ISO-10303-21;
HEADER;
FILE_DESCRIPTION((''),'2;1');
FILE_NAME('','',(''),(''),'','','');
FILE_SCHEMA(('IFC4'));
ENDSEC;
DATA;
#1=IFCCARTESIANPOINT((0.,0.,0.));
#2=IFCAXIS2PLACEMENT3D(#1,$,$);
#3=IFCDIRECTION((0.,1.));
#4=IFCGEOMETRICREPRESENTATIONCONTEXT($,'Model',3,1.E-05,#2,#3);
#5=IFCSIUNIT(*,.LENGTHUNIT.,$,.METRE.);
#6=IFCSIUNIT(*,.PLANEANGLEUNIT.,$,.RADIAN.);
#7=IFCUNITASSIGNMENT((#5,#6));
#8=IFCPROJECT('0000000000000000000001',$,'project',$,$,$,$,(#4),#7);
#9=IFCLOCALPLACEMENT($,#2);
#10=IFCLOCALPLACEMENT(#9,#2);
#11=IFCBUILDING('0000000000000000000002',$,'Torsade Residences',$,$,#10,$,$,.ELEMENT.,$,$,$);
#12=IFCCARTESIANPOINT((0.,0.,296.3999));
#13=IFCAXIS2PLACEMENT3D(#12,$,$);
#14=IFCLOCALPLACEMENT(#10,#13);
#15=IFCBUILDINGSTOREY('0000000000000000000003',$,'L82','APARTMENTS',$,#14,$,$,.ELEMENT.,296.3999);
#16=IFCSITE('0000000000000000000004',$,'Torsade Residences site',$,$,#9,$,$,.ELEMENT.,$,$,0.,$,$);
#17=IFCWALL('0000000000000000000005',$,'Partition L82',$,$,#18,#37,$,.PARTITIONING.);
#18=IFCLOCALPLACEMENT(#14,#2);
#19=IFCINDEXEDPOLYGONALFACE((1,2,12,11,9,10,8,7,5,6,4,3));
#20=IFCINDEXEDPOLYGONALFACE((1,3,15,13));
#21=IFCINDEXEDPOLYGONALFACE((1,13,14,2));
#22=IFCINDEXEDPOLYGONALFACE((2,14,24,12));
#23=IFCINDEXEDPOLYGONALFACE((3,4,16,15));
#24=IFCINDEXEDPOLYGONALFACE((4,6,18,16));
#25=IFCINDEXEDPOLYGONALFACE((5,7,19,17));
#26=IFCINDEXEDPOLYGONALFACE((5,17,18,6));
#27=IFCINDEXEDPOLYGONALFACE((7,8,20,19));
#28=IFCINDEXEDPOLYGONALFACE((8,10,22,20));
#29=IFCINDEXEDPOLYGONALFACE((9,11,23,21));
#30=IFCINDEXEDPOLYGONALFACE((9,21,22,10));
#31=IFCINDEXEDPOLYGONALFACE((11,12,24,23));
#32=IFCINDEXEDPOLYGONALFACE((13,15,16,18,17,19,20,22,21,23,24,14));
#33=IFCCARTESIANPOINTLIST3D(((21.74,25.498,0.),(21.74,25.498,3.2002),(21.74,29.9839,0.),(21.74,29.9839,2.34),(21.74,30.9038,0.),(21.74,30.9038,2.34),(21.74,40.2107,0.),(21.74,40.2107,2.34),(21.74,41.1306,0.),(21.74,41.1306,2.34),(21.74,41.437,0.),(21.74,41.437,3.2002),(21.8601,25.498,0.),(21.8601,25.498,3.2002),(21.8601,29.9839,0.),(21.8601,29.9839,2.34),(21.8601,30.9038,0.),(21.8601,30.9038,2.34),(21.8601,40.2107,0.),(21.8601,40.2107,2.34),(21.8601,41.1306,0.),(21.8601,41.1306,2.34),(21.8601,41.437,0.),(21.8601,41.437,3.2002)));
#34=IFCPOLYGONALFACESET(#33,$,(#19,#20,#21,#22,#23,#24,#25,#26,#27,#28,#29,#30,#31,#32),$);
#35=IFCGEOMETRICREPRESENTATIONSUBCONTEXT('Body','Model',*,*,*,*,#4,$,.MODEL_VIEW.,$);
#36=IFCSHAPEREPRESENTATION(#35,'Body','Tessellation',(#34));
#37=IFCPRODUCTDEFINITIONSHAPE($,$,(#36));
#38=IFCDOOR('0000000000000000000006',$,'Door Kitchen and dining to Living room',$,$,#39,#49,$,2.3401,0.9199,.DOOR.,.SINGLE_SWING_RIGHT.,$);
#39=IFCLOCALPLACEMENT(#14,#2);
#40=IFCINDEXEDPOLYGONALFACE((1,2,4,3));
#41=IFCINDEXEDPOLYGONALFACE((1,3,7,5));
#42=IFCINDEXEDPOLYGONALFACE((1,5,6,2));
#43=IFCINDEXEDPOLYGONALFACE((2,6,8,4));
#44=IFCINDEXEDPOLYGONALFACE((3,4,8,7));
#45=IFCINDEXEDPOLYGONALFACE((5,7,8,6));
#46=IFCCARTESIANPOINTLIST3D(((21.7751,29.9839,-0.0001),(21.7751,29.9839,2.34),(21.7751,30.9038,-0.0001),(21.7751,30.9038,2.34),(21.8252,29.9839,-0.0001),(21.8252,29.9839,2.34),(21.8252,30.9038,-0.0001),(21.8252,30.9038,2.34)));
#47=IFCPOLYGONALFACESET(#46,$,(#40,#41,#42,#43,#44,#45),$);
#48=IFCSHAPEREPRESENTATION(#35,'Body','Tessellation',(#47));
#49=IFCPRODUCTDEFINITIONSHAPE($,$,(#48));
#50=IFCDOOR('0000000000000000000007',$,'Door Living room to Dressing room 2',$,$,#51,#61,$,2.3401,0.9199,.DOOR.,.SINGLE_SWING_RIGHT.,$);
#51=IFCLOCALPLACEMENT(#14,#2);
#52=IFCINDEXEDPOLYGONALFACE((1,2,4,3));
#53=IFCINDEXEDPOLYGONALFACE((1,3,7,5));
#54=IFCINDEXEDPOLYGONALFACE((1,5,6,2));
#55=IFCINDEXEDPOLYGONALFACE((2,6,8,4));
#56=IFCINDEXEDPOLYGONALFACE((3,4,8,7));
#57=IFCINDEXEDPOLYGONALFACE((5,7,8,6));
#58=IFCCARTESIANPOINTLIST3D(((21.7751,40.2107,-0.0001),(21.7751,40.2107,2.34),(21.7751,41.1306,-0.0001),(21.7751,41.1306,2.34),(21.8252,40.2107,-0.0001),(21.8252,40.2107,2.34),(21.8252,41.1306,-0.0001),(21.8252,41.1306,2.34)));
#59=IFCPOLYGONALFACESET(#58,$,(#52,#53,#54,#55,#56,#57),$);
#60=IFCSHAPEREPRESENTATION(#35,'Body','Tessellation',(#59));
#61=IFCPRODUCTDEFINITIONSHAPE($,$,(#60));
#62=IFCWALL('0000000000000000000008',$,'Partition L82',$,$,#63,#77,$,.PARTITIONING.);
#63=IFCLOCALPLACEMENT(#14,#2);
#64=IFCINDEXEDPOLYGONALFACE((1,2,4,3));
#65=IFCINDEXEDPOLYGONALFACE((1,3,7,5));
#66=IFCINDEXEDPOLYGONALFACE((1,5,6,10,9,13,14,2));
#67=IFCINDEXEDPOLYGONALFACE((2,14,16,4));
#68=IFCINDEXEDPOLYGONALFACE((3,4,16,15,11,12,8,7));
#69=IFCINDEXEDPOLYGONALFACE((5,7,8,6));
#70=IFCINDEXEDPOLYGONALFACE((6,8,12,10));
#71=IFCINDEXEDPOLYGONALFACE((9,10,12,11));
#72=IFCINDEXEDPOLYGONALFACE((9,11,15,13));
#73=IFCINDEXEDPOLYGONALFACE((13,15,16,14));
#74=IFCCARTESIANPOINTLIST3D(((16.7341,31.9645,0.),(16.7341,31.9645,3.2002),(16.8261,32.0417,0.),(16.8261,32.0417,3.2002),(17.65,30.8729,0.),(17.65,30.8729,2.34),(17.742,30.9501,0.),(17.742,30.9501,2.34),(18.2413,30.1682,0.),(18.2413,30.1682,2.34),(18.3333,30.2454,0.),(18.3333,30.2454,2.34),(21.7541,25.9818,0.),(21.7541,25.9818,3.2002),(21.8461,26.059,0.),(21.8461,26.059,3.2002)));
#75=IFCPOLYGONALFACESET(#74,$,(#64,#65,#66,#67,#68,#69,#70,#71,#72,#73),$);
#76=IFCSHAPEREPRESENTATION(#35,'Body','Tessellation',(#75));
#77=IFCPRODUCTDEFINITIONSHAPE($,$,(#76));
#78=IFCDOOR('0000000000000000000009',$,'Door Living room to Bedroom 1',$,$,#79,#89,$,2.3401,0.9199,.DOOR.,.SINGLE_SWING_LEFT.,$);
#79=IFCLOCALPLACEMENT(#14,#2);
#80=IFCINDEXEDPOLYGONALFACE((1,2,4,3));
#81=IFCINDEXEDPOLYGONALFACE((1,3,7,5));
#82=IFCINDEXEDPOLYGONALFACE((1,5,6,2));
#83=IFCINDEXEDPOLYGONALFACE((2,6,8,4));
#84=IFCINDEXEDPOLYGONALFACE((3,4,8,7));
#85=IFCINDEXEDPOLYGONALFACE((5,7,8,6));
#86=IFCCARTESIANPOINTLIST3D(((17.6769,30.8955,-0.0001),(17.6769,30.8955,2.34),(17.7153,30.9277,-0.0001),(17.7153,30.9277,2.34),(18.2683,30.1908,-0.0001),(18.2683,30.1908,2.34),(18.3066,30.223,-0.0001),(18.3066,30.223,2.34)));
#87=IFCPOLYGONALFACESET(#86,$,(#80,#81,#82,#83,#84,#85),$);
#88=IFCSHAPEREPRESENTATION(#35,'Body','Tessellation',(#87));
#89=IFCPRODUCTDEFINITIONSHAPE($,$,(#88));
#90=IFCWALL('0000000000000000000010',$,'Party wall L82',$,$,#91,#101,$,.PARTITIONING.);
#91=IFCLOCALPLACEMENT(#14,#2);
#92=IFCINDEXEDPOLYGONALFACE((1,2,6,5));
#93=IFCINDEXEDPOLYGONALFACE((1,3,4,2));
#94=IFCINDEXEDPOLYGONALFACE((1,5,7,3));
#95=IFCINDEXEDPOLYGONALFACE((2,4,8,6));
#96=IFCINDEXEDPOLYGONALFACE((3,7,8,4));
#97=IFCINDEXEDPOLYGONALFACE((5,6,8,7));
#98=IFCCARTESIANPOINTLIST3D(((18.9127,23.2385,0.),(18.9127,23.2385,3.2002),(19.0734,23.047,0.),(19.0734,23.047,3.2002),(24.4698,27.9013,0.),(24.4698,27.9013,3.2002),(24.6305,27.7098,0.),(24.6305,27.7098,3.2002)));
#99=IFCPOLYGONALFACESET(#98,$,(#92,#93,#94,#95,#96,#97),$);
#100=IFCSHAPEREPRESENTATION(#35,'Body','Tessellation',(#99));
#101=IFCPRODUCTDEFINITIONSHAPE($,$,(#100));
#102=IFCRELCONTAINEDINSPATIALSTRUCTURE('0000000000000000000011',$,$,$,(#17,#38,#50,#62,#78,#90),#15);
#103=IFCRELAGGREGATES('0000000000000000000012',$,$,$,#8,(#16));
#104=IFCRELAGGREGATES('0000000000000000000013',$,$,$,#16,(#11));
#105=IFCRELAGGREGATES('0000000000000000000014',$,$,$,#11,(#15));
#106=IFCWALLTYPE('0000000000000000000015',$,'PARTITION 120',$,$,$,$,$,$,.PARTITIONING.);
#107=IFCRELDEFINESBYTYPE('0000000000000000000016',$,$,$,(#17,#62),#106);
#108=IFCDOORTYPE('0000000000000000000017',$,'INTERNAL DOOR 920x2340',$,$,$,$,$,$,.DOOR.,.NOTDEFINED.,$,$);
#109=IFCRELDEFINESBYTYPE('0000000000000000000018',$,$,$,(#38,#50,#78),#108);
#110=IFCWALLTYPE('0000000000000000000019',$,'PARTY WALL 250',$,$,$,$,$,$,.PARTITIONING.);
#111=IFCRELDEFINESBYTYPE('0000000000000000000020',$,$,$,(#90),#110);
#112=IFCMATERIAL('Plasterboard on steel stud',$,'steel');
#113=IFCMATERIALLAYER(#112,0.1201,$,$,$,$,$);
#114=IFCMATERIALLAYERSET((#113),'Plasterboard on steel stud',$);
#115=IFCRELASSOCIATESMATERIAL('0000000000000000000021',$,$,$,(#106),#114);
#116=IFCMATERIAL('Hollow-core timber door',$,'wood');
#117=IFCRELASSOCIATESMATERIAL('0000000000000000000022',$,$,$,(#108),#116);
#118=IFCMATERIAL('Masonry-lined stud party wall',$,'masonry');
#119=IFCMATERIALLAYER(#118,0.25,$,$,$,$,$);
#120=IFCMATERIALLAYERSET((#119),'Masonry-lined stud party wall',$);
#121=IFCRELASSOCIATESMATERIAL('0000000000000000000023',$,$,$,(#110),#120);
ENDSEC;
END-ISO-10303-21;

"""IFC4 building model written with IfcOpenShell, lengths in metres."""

from ifc_helpers import new_model, si_unit, direction, frame, frame_2d, origin, place, context, subcontext, project, spatial, rectangle, extrude, material, layer, layer_set, type_object, element, fill, save


model = new_model("IFC4")

# Units and contexts
model_context = context("Model", 3, precision=1e-05, world=origin(), true_north=direction((0.0, 1.0)))
body_context = subcontext(model_context, "Body", "Model", "MODEL_VIEW")
ifc_project = project(units=[si_unit("LENGTHUNIT", "METRE"), si_unit("PLANEANGLEUNIT", "RADIAN")], contexts=[model_context])

# Site, building, storey
site_placement = place(None, origin())
site = spatial("IfcSite", under=ifc_project, at=site_placement, Name="Torsade Residences site", CompositionType="ELEMENT", RefElevation=0.0)
building_placement = place(site_placement, origin())
building = spatial("IfcBuilding", under=site, at=building_placement, Name="Torsade Residences", CompositionType="ELEMENT")
storey_placement = place(building_placement, frame((0.0, 0.0, 296.3999)))
storey = spatial("IfcBuildingStorey", under=building, at=storey_placement, Name="L82", Description="APARTMENTS", CompositionType="ELEMENT", Elevation=296.3999)

# Shared definitions
ifc_material_1 = material(Name="Plasterboard on steel stud", Category="steel")
ifc_layer_1 = layer(ifc_material_1, 0.1201)
ifc_layer_set_1 = layer_set([ifc_layer_1], Name="Plasterboard on steel stud")
wall_type_1 = type_object("IfcWallType", Name="PARTITION 120", PredefinedType="PARTITIONING", material=ifc_layer_set_1)

# Wall, openings, doors
wall_1_placement = place(storey_placement, frame((21.8, 25.498, 0.0), z_axis=(0.0, 0.0, 1.0), x_axis=(0.0, 1.0, 0.0)))
wall_1 = element("IfcWall", 1, at=wall_1_placement, inside=storey, type_object=wall_type_1, Name="Partition L82", PredefinedType="PARTITIONING", context=body_context, shape_type="SweptSolid", body=[
    extrude(rectangle(XDim=15.939, YDim=0.1201, at=frame_2d((7.9695, 0.0))), origin(), (0.0, 0.0, 1.0), 3.2002),
])
opening_1_placement = place(wall_1_placement, frame((4.4858, 0.0, 0.0)))
opening_1 = element("IfcOpeningElement", 2, at=opening_1_placement, cuts=wall_1, PredefinedType="OPENING", context=body_context, shape_type="SweptSolid", body=[
    extrude(rectangle(XDim=0.9199, YDim=2.3401, at=frame_2d((0.46, 1.1699))), frame((0.0, 0.0701, 0.0), z_axis=(0.0, -1.0, 0.0), x_axis=(1.0, 0.0, 0.0)), (0.0, 0.0, 1.0), 0.1401),
])
opening_2_placement = place(wall_1_placement, frame((14.7126, 0.0, 0.0)))
opening_2 = element("IfcOpeningElement", 3, at=opening_2_placement, cuts=wall_1, PredefinedType="OPENING", context=body_context, shape_type="SweptSolid", body=[
    extrude(rectangle(XDim=0.9199, YDim=2.3401, at=frame_2d((0.46, 1.1699))), frame((0.0, 0.0701, 0.0), z_axis=(0.0, -1.0, 0.0), x_axis=(1.0, 0.0, 0.0)), (0.0, 0.0, 1.0), 0.1401),
])
ifc_material_2 = material(Name="Hollow-core timber door", Category="wood")
door_type_1 = type_object("IfcDoorType", Name="INTERNAL DOOR 920x2340", OperationType="NOTDEFINED", PredefinedType="DOOR", material=ifc_material_2)
door_1_placement = place(opening_1_placement, origin())
door_1 = element("IfcDoor", 4, at=door_1_placement, inside=storey, type_object=door_type_1, Name="Door Kitchen and dining to Living room", OperationType="SINGLE_SWING_RIGHT", OverallHeight=2.3401, OverallWidth=0.9199, PredefinedType="DOOR", context=body_context, shape_type="SweptSolid", body=[
    extrude(rectangle(XDim=0.9199, YDim=2.3401, at=frame_2d((0.46, 1.1699))), frame((0.0, 0.0249, 0.0), z_axis=(0.0, -1.0, 0.0), x_axis=(1.0, 0.0, 0.0)), (0.0, 0.0, 1.0), 0.05),
])
fill(opening_1, door_1)
door_2_placement = place(opening_2_placement, origin())
door_2 = element("IfcDoor", 5, at=door_2_placement, inside=storey, type_object=door_type_1, Name="Door Living room to Dressing room 2", OperationType="SINGLE_SWING_RIGHT", OverallHeight=2.3401, OverallWidth=0.9199, PredefinedType="DOOR", context=body_context, shape_type="SweptSolid", body=[
    extrude(rectangle(XDim=0.9199, YDim=2.3401, at=frame_2d((0.46, 1.1699))), frame((0.0, 0.0249, 0.0), z_axis=(0.0, -1.0, 0.0), x_axis=(1.0, 0.0, 0.0)), (0.0, 0.0, 1.0), 0.05),
])
fill(opening_2, door_2)

# Wall, opening, door
wall_2_placement = place(storey_placement, frame((21.8, 26.0205, 0.0), z_axis=(0.0, 0.0, 1.0), x_axis=(-0.642785, 0.766047, 0.0)))
wall_2 = element("IfcWall", 6, at=wall_2_placement, inside=storey, type_object=wall_type_1, Name="Partition L82", PredefinedType="PARTITIONING", context=body_context, shape_type="SweptSolid", body=[
    extrude(rectangle(XDim=7.8098, YDim=0.1201, at=frame_2d((3.9048, 0.0))), origin(), (0.0, 0.0, 1.0), 3.2002),
])
opening_3_placement = place(wall_2_placement, frame((5.4648, 0.0, 0.0)))
opening_3 = element("IfcOpeningElement", 7, at=opening_3_placement, cuts=wall_2, PredefinedType="OPENING", context=body_context, shape_type="SweptSolid", body=[
    extrude(rectangle(XDim=0.9199, YDim=2.3401, at=frame_2d((0.46, 1.1699))), frame((0.0, 0.0701, 0.0), z_axis=(0.0, -1.0, 0.0), x_axis=(1.0, 0.0, 0.0)), (0.0, 0.0, 1.0), 0.1401),
])
door_3_placement = place(opening_3_placement, origin())
door_3 = element("IfcDoor", 8, at=door_3_placement, inside=storey, type_object=door_type_1, Name="Door Living room to Bedroom 1", OperationType="SINGLE_SWING_LEFT", OverallHeight=2.3401, OverallWidth=0.9199, PredefinedType="DOOR", context=body_context, shape_type="SweptSolid", body=[
    extrude(rectangle(XDim=0.9199, YDim=2.3401, at=frame_2d((0.46, 1.1699))), frame((0.0, 0.0249, 0.0), z_axis=(0.0, -1.0, 0.0), x_axis=(1.0, 0.0, 0.0)), (0.0, 0.0, 1.0), 0.05),
])
fill(opening_3, door_3)

# Wall
ifc_material_3 = material(Name="Masonry-lined stud party wall", Category="masonry")
ifc_layer_2 = layer(ifc_material_3, 0.25)
ifc_layer_set_2 = layer_set([ifc_layer_2], Name="Masonry-lined stud party wall")
wall_type_2 = type_object("IfcWallType", Name="PARTY WALL 250", PredefinedType="PARTITIONING", material=ifc_layer_set_2)
wall_3_placement = place(storey_placement, frame((18.9932, 23.1428, 0.0), z_axis=(0.0, 0.0, 1.0), x_axis=(0.766054, 0.642776, 0.0)))
element("IfcWall", 9, at=wall_3_placement, inside=storey, type_object=wall_type_2, Name="Party wall L82", PredefinedType="PARTITIONING", context=body_context, shape_type="SweptSolid", body=[
    extrude(rectangle(XDim=7.2542, YDim=0.25, at=frame_2d((3.627, 0.0))), origin(), (0.0, 0.0, 1.0), 3.2002),
])

save(model, "model.ifc")
